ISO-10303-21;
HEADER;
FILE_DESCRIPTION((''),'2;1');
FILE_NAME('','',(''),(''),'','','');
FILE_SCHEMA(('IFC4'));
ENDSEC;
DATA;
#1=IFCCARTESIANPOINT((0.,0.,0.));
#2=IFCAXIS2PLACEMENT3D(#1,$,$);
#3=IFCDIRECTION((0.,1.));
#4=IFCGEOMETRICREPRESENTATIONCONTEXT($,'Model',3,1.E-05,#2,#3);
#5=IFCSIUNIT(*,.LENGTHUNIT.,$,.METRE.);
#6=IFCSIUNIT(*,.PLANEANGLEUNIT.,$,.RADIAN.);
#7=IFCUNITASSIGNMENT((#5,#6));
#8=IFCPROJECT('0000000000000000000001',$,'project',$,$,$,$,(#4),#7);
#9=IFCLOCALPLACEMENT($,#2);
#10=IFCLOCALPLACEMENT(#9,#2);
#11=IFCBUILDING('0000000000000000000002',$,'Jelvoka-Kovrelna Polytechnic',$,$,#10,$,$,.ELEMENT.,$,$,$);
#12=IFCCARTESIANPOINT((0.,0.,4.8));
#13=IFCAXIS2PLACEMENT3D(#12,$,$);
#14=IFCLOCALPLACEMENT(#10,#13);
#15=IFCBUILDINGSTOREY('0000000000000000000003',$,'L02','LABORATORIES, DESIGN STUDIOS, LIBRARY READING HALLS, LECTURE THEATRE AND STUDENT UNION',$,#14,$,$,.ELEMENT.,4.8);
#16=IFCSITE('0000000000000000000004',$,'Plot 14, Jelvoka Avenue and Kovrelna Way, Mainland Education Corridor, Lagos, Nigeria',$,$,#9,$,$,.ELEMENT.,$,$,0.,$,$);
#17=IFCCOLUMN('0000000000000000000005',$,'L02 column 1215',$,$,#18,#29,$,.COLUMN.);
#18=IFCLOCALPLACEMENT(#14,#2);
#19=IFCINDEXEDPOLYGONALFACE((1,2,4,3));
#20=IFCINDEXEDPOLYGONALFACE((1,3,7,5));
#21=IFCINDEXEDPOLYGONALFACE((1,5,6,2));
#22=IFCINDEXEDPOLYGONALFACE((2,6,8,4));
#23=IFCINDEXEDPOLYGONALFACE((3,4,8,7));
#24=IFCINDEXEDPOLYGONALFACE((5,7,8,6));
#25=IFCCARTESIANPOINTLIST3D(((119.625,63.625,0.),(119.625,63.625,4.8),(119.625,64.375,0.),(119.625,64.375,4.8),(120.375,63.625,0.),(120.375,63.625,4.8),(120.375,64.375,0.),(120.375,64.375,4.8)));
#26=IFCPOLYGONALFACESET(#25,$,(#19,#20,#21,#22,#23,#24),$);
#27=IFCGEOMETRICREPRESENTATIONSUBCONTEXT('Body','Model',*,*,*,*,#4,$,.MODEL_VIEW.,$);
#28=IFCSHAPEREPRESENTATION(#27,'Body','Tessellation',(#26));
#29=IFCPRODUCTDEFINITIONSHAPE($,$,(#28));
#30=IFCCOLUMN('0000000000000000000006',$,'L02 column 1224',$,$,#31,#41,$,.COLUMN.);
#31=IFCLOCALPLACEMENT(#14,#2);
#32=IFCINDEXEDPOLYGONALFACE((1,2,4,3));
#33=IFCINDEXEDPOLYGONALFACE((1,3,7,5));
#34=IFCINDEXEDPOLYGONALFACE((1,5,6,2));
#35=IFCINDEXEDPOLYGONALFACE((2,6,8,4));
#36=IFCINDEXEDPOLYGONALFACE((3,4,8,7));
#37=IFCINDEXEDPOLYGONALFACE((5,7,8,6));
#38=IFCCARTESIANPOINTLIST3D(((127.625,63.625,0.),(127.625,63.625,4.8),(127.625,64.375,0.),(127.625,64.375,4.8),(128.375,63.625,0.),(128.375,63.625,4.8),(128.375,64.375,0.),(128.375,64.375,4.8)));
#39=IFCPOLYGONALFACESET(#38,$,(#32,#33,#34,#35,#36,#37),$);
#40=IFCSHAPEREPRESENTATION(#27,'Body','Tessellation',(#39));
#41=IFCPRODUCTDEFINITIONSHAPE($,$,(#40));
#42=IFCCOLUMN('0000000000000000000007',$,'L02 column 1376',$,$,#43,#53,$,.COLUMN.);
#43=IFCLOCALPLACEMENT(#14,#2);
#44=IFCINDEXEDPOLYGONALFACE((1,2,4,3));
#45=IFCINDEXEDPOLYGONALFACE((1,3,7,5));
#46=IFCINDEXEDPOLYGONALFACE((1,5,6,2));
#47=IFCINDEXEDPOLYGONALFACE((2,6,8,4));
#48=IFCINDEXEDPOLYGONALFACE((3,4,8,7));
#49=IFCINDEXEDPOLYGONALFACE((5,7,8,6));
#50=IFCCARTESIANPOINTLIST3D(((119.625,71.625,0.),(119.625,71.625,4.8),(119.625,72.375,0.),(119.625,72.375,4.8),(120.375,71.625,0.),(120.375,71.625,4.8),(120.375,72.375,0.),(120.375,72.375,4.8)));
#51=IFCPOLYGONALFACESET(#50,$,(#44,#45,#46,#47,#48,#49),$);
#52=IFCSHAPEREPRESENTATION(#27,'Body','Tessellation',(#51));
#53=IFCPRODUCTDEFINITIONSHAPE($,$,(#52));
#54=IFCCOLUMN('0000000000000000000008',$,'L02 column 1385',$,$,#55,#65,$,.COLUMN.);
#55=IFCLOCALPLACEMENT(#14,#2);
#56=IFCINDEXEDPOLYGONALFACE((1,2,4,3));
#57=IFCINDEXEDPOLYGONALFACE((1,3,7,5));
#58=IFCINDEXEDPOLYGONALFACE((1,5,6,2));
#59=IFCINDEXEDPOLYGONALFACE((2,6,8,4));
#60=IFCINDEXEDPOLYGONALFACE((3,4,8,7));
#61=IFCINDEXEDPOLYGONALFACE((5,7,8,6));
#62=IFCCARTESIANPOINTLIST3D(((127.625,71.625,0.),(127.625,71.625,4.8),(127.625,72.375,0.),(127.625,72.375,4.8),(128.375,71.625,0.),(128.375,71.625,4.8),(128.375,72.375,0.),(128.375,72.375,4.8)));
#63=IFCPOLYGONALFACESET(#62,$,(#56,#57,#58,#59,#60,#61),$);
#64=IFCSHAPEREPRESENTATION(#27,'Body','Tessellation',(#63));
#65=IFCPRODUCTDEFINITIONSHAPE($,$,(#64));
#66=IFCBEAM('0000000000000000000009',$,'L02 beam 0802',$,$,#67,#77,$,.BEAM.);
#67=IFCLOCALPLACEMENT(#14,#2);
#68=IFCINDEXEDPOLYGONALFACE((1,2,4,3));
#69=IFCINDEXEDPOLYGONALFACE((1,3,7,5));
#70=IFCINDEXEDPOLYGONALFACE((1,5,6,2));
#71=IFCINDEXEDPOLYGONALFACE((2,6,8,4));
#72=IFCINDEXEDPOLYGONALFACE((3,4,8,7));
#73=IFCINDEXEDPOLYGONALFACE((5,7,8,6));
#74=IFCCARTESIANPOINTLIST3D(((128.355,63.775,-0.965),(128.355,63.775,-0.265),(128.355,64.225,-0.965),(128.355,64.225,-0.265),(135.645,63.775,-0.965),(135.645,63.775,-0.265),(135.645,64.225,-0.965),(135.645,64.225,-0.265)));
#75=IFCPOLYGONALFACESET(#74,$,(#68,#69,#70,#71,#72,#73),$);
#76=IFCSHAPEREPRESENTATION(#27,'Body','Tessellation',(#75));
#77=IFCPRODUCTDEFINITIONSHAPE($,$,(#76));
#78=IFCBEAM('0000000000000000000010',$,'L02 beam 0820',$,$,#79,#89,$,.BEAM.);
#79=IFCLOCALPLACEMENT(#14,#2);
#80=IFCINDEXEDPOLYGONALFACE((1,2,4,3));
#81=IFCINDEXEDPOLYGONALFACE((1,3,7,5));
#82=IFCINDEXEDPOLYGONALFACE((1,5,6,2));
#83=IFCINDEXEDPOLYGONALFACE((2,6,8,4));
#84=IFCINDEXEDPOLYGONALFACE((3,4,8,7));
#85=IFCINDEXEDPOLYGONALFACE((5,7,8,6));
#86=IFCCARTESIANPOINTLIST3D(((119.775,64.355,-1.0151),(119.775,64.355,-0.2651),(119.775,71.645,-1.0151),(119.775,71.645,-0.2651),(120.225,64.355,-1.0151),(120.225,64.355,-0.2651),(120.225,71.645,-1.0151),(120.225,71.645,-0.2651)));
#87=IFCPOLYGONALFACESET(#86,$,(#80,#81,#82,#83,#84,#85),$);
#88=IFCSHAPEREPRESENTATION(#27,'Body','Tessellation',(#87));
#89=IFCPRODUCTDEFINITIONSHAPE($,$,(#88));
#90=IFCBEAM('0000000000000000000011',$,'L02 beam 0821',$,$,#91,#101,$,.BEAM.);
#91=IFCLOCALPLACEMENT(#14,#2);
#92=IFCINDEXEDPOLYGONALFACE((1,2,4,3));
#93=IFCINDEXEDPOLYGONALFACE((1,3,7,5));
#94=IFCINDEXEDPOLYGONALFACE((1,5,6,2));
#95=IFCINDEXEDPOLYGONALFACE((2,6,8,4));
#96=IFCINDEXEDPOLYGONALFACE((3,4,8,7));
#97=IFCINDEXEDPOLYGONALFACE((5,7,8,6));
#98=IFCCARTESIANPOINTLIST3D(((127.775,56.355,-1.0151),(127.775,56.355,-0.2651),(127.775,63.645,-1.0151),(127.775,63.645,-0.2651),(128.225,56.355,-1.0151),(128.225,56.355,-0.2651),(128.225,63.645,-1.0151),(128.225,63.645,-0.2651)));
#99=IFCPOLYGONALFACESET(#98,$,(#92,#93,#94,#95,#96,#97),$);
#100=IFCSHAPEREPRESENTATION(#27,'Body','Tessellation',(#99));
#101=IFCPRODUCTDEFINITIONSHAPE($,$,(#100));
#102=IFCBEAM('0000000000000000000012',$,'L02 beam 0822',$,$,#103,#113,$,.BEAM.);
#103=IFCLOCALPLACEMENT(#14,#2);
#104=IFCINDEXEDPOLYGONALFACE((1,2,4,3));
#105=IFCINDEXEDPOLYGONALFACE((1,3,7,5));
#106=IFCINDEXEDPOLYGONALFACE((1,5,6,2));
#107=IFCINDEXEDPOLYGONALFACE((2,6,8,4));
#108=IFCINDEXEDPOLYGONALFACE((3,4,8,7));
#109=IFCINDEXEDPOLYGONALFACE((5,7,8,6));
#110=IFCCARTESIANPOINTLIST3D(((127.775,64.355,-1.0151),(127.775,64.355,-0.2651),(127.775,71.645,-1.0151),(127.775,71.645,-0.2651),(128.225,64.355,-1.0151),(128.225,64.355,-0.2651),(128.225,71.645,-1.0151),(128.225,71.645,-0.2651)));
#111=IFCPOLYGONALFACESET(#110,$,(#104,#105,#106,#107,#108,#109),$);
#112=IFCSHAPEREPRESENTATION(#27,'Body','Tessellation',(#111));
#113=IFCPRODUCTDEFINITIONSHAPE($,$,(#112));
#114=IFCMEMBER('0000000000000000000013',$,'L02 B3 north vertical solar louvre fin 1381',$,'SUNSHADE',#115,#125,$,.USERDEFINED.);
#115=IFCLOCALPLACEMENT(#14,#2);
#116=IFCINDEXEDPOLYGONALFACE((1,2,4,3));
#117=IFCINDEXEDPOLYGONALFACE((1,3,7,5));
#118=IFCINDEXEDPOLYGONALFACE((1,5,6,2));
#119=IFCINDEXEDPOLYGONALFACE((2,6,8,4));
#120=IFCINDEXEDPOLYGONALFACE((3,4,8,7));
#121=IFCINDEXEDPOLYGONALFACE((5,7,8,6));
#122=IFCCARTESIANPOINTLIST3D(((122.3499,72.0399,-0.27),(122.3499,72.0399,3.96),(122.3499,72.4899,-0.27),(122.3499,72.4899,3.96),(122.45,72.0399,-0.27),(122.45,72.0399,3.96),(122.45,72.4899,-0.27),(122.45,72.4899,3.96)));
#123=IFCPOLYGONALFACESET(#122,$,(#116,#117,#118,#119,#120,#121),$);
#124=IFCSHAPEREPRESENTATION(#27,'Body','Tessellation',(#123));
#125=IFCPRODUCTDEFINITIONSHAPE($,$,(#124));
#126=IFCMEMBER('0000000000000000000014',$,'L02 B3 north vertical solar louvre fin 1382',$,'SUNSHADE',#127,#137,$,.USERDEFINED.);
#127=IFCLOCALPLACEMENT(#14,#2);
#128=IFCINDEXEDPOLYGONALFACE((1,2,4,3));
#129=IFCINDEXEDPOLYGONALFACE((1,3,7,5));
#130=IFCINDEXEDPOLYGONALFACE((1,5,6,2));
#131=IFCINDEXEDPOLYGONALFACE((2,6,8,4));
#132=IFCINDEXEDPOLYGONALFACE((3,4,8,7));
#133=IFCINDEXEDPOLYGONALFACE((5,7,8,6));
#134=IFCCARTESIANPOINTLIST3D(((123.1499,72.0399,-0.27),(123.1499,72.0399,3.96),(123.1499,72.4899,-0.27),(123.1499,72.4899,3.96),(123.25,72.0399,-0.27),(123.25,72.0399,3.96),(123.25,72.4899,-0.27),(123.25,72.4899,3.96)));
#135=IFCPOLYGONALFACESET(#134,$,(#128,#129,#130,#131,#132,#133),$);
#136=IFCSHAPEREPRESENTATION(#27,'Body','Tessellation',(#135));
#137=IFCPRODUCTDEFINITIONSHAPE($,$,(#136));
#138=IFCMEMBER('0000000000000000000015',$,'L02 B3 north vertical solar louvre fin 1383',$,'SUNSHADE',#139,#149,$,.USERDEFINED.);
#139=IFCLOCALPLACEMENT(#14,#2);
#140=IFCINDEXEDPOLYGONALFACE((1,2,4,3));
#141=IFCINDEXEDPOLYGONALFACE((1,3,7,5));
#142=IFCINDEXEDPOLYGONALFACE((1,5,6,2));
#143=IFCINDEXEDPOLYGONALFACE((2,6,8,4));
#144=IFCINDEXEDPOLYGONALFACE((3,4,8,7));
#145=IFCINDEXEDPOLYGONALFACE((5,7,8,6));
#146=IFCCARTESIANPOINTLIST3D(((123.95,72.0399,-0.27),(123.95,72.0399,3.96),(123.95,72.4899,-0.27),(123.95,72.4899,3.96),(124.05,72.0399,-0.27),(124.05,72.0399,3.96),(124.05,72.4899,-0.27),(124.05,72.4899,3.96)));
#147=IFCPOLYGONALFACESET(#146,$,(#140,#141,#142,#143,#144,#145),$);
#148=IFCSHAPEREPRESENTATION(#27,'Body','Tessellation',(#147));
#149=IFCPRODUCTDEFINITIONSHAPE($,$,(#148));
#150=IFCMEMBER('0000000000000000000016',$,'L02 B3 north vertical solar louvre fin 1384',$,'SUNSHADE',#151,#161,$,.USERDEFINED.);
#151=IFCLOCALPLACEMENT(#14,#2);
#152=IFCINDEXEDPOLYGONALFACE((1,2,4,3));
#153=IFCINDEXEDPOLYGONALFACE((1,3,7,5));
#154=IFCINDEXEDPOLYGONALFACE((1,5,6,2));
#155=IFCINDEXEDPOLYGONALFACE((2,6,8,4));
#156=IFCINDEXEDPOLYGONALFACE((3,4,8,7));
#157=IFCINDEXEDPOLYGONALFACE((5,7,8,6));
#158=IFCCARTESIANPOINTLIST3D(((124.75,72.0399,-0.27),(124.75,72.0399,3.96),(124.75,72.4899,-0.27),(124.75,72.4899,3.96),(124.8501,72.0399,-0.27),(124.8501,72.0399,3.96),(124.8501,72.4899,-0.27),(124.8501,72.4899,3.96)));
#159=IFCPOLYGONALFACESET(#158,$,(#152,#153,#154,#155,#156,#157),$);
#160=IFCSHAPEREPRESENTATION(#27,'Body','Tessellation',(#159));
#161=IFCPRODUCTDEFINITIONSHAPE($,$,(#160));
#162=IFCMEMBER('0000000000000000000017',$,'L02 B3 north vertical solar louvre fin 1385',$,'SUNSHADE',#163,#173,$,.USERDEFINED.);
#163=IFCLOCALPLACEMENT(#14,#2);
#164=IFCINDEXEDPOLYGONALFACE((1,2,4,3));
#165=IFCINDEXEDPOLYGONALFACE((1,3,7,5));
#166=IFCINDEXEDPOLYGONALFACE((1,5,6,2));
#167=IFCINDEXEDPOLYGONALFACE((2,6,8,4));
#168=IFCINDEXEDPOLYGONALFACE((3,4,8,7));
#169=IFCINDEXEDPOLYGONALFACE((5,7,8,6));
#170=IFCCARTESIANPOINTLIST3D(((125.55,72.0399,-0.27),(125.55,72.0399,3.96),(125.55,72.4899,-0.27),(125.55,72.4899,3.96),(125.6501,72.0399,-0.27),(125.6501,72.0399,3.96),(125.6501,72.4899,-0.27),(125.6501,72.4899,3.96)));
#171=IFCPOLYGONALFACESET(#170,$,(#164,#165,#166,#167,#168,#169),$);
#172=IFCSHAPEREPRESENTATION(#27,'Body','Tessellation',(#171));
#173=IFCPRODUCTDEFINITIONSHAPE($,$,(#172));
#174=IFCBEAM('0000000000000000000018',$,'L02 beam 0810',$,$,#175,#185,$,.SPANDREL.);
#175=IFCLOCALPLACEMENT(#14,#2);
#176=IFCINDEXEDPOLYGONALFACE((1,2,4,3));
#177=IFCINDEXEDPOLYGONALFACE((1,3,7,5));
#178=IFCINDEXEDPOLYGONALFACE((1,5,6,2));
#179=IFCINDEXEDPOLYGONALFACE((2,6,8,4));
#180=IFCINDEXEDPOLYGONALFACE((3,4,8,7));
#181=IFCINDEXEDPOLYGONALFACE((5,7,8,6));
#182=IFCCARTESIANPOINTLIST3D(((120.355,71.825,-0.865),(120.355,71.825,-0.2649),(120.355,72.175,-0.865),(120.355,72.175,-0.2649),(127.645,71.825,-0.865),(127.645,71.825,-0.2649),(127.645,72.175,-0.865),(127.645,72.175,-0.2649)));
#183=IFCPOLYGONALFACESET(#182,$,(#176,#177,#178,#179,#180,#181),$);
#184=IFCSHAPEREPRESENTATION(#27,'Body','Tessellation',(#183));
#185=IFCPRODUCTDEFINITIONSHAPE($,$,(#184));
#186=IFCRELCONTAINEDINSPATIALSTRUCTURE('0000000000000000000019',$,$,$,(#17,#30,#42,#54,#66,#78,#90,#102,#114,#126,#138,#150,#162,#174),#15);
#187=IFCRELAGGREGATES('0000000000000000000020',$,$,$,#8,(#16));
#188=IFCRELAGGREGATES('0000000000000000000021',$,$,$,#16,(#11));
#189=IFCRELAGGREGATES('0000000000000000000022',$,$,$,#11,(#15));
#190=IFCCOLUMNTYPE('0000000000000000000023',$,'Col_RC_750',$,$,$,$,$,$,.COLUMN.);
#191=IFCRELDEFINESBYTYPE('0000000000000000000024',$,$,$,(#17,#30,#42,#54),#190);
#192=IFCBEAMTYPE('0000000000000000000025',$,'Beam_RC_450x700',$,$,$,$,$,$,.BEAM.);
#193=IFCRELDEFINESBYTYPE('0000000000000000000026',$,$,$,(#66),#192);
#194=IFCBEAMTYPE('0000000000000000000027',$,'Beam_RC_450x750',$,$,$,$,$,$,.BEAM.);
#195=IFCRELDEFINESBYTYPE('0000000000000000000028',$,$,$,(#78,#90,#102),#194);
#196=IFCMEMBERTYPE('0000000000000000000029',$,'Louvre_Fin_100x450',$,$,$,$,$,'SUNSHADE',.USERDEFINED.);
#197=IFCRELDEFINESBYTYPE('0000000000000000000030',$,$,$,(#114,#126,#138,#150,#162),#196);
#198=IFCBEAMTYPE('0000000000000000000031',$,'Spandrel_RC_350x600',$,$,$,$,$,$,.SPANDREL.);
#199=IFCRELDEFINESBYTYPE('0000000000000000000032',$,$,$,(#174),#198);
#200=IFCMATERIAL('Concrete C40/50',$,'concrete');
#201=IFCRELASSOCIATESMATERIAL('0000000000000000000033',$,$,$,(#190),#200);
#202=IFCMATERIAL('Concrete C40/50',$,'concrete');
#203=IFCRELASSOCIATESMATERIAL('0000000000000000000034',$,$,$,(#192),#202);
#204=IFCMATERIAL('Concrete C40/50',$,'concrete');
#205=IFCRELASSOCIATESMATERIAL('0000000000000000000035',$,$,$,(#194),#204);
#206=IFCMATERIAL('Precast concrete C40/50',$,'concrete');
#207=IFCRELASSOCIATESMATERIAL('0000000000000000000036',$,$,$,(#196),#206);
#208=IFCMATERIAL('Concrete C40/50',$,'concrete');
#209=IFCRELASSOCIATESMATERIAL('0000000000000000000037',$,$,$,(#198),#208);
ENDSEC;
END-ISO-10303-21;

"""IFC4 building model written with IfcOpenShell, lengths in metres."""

from ifc_helpers import new_model, si_unit, direction, frame, origin, origin_2d, place, context, subcontext, project, spatial, rectangle, extrude, material, material_profile, profile_set, type_object, element, save


model = new_model("IFC4")

# Units and contexts
model_context = context("Model", 3, precision=1e-05, world=origin(), true_north=direction((0.0, 1.0)))
body_context = subcontext(model_context, "Body", "Model", "MODEL_VIEW")
ifc_project = project(units=[si_unit("LENGTHUNIT", "METRE"), si_unit("PLANEANGLEUNIT", "RADIAN")], contexts=[model_context])

# Site, building, storey
site_placement = place(None, origin())
site = spatial("IfcSite", under=ifc_project, at=site_placement, Name="Plot 14, Jelvoka Avenue and Kovrelna Way, Mainland Education Corridor, Lagos, Nigeria", CompositionType="ELEMENT", RefElevation=0.0)
building_placement = place(site_placement, origin())
building = spatial("IfcBuilding", under=site, at=building_placement, Name="Jelvoka-Kovrelna Polytechnic", CompositionType="ELEMENT")
storey_placement = place(building_placement, frame((0.0, 0.0, 4.8)))
storey = spatial("IfcBuildingStorey", under=building, at=storey_placement, Name="L02", Description="LABORATORIES, DESIGN STUDIOS, LIBRARY READING HALLS, LECTURE THEATRE AND STUDENT UNION", CompositionType="ELEMENT", Elevation=4.8)

# Columns
ifc_material_1 = material(Name="Concrete C40/50", Category="concrete")
ifc_material_profile_1 = material_profile(ifc_material_1, rectangle(XDim=0.75, YDim=0.75, at=origin_2d()), Name="RC 750x750")
ifc_profile_set_1 = profile_set([ifc_material_profile_1], Name="Concrete C40/50")
column_type = type_object("IfcColumnType", Name="Col_RC_750", PredefinedType="COLUMN", material=ifc_profile_set_1)
for number, where, z_axis, x_axis, name in (
    (1, (120.0, 64.0, 0.0), (0.0, 0.0, 1.0), (1.0, 0.0, 0.0), "L02 column 1215"),
    (2, (128.0, 64.0, 0.0), (0.0, 0.0, 1.0), (1.0, 0.0, 0.0), "L02 column 1224"),
    (3, (120.0, 72.0, 0.0), (0.0, 0.0, 1.0), (1.0, 0.0, 0.0), "L02 column 1376"),
    (4, (128.0, 72.0, 0.0), (0.0, 0.0, 1.0), (1.0, 0.0, 0.0), "L02 column 1385"),
):
    element("IfcColumn", number, at=place(storey_placement, frame(where, z_axis=z_axis, x_axis=x_axis)), inside=storey, type_object=column_type, Name=name, PredefinedType="COLUMN", context=body_context, shape_type="SweptSolid", body=[
        extrude(rectangle(XDim=0.75, YDim=0.75, at=origin_2d()), origin(), (0.0, 0.0, 1.0), 4.8),
    ])

# Beams
ifc_material_2 = material(Name="Concrete C40/50", Category="concrete")
ifc_material_profile_2 = material_profile(ifc_material_2, rectangle(XDim=0.45, YDim=0.7, at=origin_2d()), Name="RC 450x700")
ifc_profile_set_2 = profile_set([ifc_material_profile_2], Name="Concrete C40/50")
beam_type_1 = type_object("IfcBeamType", Name="Beam_RC_450x700", PredefinedType="BEAM", material=ifc_profile_set_2)
beam_1_placement = place(storey_placement, frame((128.355, 64.0, -0.615), z_axis=(1.0, 0.0, 0.0), x_axis=(0.0, 1.0, 0.0)))
element("IfcBeam", 5, at=beam_1_placement, inside=storey, type_object=beam_type_1, Name="L02 beam 0802", PredefinedType="BEAM", context=body_context, shape_type="SweptSolid", body=[
    extrude(rectangle(XDim=0.45, YDim=0.7, at=origin_2d()), origin(), (0.0, 0.0, 1.0), 7.29),
])
ifc_material_3 = material(Name="Concrete C40/50", Category="concrete")
ifc_material_profile_3 = material_profile(ifc_material_3, rectangle(XDim=0.45, YDim=0.75, at=origin_2d()), Name="RC 450x750")
ifc_profile_set_3 = profile_set([ifc_material_profile_3], Name="Concrete C40/50")
beam_type_2 = type_object("IfcBeamType", Name="Beam_RC_450x750", PredefinedType="BEAM", material=ifc_profile_set_3)
for number, where, z_axis, x_axis, name in (
    (6, (120.0, 64.355, -0.6401), (0.0, 1.0, 0.0), (-1.0, 0.0, 0.0), "L02 beam 0820"),
    (7, (128.0, 56.355, -0.6401), (0.0, 1.0, 0.0), (-1.0, 0.0, 0.0), "L02 beam 0821"),
    (8, (128.0, 64.355, -0.6401), (0.0, 1.0, 0.0), (-1.0, 0.0, 0.0), "L02 beam 0822"),
):
    element("IfcBeam", number, at=place(storey_placement, frame(where, z_axis=z_axis, x_axis=x_axis)), inside=storey, type_object=beam_type_2, Name=name, PredefinedType="BEAM", context=body_context, shape_type="SweptSolid", body=[
        extrude(rectangle(XDim=0.45, YDim=0.75, at=origin_2d()), origin(), (0.0, 0.0, 1.0), 7.29),
    ])

# Members
ifc_material_4 = material(Name="Precast concrete C40/50", Category="concrete")
ifc_material_profile_4 = material_profile(ifc_material_4, rectangle(XDim=0.1001, YDim=0.45, at=origin_2d()), Name="PC 100x450")
ifc_profile_set_4 = profile_set([ifc_material_profile_4], Name="Precast concrete C40/50")
member_type = type_object("IfcMemberType", Name="Louvre_Fin_100x450", ElementType="SUNSHADE", PredefinedType="USERDEFINED", material=ifc_profile_set_4)
for number, where, z_axis, x_axis, name in (
    (9, (122.3999, 72.2649, -0.27), (0.0, 0.0, 1.0), (1.0, 0.0, 0.0), "L02 B3 north vertical solar louvre fin 1381"),
    (10, (123.2, 72.2649, -0.27), (0.0, 0.0, 1.0), (1.0, 0.0, 0.0), "L02 B3 north vertical solar louvre fin 1382"),
    (11, (124.0, 72.2649, -0.27), (0.0, 0.0, 1.0), (1.0, 0.0, 0.0), "L02 B3 north vertical solar louvre fin 1383"),
    (12, (124.8, 72.2649, -0.27), (0.0, 0.0, 1.0), (1.0, 0.0, 0.0), "L02 B3 north vertical solar louvre fin 1384"),
    (13, (125.6001, 72.2649, -0.27), (0.0, 0.0, 1.0), (1.0, 0.0, 0.0), "L02 B3 north vertical solar louvre fin 1385"),
):
    element("IfcMember", number, at=place(storey_placement, frame(where, z_axis=z_axis, x_axis=x_axis)), inside=storey, type_object=member_type, Name=name, ObjectType="SUNSHADE", PredefinedType="USERDEFINED", context=body_context, shape_type="SweptSolid", body=[
        extrude(rectangle(XDim=0.1001, YDim=0.45, at=origin_2d()), origin(), (0.0, 0.0, 1.0), 4.23),
    ])

# Beam
ifc_material_5 = material(Name="Concrete C40/50", Category="concrete")
ifc_material_profile_5 = material_profile(ifc_material_5, rectangle(XDim=0.3501, YDim=0.6001, at=origin_2d()), Name="RC 350x600")
ifc_profile_set_5 = profile_set([ifc_material_profile_5], Name="Concrete C40/50")
beam_type_3 = type_object("IfcBeamType", Name="Spandrel_RC_350x600", PredefinedType="SPANDREL", material=ifc_profile_set_5)
beam_2_placement = place(storey_placement, frame((120.355, 72.0, -0.5649), z_axis=(1.0, 0.0, 0.0), x_axis=(0.0, 1.0, 0.0)))
element("IfcBeam", 14, at=beam_2_placement, inside=storey, type_object=beam_type_3, Name="L02 beam 0810", PredefinedType="SPANDREL", context=body_context, shape_type="SweptSolid", body=[
    extrude(rectangle(XDim=0.3501, YDim=0.6001, at=origin_2d()), origin(), (0.0, 0.0, 1.0), 7.29),
])

save(model, "model.ifc")
